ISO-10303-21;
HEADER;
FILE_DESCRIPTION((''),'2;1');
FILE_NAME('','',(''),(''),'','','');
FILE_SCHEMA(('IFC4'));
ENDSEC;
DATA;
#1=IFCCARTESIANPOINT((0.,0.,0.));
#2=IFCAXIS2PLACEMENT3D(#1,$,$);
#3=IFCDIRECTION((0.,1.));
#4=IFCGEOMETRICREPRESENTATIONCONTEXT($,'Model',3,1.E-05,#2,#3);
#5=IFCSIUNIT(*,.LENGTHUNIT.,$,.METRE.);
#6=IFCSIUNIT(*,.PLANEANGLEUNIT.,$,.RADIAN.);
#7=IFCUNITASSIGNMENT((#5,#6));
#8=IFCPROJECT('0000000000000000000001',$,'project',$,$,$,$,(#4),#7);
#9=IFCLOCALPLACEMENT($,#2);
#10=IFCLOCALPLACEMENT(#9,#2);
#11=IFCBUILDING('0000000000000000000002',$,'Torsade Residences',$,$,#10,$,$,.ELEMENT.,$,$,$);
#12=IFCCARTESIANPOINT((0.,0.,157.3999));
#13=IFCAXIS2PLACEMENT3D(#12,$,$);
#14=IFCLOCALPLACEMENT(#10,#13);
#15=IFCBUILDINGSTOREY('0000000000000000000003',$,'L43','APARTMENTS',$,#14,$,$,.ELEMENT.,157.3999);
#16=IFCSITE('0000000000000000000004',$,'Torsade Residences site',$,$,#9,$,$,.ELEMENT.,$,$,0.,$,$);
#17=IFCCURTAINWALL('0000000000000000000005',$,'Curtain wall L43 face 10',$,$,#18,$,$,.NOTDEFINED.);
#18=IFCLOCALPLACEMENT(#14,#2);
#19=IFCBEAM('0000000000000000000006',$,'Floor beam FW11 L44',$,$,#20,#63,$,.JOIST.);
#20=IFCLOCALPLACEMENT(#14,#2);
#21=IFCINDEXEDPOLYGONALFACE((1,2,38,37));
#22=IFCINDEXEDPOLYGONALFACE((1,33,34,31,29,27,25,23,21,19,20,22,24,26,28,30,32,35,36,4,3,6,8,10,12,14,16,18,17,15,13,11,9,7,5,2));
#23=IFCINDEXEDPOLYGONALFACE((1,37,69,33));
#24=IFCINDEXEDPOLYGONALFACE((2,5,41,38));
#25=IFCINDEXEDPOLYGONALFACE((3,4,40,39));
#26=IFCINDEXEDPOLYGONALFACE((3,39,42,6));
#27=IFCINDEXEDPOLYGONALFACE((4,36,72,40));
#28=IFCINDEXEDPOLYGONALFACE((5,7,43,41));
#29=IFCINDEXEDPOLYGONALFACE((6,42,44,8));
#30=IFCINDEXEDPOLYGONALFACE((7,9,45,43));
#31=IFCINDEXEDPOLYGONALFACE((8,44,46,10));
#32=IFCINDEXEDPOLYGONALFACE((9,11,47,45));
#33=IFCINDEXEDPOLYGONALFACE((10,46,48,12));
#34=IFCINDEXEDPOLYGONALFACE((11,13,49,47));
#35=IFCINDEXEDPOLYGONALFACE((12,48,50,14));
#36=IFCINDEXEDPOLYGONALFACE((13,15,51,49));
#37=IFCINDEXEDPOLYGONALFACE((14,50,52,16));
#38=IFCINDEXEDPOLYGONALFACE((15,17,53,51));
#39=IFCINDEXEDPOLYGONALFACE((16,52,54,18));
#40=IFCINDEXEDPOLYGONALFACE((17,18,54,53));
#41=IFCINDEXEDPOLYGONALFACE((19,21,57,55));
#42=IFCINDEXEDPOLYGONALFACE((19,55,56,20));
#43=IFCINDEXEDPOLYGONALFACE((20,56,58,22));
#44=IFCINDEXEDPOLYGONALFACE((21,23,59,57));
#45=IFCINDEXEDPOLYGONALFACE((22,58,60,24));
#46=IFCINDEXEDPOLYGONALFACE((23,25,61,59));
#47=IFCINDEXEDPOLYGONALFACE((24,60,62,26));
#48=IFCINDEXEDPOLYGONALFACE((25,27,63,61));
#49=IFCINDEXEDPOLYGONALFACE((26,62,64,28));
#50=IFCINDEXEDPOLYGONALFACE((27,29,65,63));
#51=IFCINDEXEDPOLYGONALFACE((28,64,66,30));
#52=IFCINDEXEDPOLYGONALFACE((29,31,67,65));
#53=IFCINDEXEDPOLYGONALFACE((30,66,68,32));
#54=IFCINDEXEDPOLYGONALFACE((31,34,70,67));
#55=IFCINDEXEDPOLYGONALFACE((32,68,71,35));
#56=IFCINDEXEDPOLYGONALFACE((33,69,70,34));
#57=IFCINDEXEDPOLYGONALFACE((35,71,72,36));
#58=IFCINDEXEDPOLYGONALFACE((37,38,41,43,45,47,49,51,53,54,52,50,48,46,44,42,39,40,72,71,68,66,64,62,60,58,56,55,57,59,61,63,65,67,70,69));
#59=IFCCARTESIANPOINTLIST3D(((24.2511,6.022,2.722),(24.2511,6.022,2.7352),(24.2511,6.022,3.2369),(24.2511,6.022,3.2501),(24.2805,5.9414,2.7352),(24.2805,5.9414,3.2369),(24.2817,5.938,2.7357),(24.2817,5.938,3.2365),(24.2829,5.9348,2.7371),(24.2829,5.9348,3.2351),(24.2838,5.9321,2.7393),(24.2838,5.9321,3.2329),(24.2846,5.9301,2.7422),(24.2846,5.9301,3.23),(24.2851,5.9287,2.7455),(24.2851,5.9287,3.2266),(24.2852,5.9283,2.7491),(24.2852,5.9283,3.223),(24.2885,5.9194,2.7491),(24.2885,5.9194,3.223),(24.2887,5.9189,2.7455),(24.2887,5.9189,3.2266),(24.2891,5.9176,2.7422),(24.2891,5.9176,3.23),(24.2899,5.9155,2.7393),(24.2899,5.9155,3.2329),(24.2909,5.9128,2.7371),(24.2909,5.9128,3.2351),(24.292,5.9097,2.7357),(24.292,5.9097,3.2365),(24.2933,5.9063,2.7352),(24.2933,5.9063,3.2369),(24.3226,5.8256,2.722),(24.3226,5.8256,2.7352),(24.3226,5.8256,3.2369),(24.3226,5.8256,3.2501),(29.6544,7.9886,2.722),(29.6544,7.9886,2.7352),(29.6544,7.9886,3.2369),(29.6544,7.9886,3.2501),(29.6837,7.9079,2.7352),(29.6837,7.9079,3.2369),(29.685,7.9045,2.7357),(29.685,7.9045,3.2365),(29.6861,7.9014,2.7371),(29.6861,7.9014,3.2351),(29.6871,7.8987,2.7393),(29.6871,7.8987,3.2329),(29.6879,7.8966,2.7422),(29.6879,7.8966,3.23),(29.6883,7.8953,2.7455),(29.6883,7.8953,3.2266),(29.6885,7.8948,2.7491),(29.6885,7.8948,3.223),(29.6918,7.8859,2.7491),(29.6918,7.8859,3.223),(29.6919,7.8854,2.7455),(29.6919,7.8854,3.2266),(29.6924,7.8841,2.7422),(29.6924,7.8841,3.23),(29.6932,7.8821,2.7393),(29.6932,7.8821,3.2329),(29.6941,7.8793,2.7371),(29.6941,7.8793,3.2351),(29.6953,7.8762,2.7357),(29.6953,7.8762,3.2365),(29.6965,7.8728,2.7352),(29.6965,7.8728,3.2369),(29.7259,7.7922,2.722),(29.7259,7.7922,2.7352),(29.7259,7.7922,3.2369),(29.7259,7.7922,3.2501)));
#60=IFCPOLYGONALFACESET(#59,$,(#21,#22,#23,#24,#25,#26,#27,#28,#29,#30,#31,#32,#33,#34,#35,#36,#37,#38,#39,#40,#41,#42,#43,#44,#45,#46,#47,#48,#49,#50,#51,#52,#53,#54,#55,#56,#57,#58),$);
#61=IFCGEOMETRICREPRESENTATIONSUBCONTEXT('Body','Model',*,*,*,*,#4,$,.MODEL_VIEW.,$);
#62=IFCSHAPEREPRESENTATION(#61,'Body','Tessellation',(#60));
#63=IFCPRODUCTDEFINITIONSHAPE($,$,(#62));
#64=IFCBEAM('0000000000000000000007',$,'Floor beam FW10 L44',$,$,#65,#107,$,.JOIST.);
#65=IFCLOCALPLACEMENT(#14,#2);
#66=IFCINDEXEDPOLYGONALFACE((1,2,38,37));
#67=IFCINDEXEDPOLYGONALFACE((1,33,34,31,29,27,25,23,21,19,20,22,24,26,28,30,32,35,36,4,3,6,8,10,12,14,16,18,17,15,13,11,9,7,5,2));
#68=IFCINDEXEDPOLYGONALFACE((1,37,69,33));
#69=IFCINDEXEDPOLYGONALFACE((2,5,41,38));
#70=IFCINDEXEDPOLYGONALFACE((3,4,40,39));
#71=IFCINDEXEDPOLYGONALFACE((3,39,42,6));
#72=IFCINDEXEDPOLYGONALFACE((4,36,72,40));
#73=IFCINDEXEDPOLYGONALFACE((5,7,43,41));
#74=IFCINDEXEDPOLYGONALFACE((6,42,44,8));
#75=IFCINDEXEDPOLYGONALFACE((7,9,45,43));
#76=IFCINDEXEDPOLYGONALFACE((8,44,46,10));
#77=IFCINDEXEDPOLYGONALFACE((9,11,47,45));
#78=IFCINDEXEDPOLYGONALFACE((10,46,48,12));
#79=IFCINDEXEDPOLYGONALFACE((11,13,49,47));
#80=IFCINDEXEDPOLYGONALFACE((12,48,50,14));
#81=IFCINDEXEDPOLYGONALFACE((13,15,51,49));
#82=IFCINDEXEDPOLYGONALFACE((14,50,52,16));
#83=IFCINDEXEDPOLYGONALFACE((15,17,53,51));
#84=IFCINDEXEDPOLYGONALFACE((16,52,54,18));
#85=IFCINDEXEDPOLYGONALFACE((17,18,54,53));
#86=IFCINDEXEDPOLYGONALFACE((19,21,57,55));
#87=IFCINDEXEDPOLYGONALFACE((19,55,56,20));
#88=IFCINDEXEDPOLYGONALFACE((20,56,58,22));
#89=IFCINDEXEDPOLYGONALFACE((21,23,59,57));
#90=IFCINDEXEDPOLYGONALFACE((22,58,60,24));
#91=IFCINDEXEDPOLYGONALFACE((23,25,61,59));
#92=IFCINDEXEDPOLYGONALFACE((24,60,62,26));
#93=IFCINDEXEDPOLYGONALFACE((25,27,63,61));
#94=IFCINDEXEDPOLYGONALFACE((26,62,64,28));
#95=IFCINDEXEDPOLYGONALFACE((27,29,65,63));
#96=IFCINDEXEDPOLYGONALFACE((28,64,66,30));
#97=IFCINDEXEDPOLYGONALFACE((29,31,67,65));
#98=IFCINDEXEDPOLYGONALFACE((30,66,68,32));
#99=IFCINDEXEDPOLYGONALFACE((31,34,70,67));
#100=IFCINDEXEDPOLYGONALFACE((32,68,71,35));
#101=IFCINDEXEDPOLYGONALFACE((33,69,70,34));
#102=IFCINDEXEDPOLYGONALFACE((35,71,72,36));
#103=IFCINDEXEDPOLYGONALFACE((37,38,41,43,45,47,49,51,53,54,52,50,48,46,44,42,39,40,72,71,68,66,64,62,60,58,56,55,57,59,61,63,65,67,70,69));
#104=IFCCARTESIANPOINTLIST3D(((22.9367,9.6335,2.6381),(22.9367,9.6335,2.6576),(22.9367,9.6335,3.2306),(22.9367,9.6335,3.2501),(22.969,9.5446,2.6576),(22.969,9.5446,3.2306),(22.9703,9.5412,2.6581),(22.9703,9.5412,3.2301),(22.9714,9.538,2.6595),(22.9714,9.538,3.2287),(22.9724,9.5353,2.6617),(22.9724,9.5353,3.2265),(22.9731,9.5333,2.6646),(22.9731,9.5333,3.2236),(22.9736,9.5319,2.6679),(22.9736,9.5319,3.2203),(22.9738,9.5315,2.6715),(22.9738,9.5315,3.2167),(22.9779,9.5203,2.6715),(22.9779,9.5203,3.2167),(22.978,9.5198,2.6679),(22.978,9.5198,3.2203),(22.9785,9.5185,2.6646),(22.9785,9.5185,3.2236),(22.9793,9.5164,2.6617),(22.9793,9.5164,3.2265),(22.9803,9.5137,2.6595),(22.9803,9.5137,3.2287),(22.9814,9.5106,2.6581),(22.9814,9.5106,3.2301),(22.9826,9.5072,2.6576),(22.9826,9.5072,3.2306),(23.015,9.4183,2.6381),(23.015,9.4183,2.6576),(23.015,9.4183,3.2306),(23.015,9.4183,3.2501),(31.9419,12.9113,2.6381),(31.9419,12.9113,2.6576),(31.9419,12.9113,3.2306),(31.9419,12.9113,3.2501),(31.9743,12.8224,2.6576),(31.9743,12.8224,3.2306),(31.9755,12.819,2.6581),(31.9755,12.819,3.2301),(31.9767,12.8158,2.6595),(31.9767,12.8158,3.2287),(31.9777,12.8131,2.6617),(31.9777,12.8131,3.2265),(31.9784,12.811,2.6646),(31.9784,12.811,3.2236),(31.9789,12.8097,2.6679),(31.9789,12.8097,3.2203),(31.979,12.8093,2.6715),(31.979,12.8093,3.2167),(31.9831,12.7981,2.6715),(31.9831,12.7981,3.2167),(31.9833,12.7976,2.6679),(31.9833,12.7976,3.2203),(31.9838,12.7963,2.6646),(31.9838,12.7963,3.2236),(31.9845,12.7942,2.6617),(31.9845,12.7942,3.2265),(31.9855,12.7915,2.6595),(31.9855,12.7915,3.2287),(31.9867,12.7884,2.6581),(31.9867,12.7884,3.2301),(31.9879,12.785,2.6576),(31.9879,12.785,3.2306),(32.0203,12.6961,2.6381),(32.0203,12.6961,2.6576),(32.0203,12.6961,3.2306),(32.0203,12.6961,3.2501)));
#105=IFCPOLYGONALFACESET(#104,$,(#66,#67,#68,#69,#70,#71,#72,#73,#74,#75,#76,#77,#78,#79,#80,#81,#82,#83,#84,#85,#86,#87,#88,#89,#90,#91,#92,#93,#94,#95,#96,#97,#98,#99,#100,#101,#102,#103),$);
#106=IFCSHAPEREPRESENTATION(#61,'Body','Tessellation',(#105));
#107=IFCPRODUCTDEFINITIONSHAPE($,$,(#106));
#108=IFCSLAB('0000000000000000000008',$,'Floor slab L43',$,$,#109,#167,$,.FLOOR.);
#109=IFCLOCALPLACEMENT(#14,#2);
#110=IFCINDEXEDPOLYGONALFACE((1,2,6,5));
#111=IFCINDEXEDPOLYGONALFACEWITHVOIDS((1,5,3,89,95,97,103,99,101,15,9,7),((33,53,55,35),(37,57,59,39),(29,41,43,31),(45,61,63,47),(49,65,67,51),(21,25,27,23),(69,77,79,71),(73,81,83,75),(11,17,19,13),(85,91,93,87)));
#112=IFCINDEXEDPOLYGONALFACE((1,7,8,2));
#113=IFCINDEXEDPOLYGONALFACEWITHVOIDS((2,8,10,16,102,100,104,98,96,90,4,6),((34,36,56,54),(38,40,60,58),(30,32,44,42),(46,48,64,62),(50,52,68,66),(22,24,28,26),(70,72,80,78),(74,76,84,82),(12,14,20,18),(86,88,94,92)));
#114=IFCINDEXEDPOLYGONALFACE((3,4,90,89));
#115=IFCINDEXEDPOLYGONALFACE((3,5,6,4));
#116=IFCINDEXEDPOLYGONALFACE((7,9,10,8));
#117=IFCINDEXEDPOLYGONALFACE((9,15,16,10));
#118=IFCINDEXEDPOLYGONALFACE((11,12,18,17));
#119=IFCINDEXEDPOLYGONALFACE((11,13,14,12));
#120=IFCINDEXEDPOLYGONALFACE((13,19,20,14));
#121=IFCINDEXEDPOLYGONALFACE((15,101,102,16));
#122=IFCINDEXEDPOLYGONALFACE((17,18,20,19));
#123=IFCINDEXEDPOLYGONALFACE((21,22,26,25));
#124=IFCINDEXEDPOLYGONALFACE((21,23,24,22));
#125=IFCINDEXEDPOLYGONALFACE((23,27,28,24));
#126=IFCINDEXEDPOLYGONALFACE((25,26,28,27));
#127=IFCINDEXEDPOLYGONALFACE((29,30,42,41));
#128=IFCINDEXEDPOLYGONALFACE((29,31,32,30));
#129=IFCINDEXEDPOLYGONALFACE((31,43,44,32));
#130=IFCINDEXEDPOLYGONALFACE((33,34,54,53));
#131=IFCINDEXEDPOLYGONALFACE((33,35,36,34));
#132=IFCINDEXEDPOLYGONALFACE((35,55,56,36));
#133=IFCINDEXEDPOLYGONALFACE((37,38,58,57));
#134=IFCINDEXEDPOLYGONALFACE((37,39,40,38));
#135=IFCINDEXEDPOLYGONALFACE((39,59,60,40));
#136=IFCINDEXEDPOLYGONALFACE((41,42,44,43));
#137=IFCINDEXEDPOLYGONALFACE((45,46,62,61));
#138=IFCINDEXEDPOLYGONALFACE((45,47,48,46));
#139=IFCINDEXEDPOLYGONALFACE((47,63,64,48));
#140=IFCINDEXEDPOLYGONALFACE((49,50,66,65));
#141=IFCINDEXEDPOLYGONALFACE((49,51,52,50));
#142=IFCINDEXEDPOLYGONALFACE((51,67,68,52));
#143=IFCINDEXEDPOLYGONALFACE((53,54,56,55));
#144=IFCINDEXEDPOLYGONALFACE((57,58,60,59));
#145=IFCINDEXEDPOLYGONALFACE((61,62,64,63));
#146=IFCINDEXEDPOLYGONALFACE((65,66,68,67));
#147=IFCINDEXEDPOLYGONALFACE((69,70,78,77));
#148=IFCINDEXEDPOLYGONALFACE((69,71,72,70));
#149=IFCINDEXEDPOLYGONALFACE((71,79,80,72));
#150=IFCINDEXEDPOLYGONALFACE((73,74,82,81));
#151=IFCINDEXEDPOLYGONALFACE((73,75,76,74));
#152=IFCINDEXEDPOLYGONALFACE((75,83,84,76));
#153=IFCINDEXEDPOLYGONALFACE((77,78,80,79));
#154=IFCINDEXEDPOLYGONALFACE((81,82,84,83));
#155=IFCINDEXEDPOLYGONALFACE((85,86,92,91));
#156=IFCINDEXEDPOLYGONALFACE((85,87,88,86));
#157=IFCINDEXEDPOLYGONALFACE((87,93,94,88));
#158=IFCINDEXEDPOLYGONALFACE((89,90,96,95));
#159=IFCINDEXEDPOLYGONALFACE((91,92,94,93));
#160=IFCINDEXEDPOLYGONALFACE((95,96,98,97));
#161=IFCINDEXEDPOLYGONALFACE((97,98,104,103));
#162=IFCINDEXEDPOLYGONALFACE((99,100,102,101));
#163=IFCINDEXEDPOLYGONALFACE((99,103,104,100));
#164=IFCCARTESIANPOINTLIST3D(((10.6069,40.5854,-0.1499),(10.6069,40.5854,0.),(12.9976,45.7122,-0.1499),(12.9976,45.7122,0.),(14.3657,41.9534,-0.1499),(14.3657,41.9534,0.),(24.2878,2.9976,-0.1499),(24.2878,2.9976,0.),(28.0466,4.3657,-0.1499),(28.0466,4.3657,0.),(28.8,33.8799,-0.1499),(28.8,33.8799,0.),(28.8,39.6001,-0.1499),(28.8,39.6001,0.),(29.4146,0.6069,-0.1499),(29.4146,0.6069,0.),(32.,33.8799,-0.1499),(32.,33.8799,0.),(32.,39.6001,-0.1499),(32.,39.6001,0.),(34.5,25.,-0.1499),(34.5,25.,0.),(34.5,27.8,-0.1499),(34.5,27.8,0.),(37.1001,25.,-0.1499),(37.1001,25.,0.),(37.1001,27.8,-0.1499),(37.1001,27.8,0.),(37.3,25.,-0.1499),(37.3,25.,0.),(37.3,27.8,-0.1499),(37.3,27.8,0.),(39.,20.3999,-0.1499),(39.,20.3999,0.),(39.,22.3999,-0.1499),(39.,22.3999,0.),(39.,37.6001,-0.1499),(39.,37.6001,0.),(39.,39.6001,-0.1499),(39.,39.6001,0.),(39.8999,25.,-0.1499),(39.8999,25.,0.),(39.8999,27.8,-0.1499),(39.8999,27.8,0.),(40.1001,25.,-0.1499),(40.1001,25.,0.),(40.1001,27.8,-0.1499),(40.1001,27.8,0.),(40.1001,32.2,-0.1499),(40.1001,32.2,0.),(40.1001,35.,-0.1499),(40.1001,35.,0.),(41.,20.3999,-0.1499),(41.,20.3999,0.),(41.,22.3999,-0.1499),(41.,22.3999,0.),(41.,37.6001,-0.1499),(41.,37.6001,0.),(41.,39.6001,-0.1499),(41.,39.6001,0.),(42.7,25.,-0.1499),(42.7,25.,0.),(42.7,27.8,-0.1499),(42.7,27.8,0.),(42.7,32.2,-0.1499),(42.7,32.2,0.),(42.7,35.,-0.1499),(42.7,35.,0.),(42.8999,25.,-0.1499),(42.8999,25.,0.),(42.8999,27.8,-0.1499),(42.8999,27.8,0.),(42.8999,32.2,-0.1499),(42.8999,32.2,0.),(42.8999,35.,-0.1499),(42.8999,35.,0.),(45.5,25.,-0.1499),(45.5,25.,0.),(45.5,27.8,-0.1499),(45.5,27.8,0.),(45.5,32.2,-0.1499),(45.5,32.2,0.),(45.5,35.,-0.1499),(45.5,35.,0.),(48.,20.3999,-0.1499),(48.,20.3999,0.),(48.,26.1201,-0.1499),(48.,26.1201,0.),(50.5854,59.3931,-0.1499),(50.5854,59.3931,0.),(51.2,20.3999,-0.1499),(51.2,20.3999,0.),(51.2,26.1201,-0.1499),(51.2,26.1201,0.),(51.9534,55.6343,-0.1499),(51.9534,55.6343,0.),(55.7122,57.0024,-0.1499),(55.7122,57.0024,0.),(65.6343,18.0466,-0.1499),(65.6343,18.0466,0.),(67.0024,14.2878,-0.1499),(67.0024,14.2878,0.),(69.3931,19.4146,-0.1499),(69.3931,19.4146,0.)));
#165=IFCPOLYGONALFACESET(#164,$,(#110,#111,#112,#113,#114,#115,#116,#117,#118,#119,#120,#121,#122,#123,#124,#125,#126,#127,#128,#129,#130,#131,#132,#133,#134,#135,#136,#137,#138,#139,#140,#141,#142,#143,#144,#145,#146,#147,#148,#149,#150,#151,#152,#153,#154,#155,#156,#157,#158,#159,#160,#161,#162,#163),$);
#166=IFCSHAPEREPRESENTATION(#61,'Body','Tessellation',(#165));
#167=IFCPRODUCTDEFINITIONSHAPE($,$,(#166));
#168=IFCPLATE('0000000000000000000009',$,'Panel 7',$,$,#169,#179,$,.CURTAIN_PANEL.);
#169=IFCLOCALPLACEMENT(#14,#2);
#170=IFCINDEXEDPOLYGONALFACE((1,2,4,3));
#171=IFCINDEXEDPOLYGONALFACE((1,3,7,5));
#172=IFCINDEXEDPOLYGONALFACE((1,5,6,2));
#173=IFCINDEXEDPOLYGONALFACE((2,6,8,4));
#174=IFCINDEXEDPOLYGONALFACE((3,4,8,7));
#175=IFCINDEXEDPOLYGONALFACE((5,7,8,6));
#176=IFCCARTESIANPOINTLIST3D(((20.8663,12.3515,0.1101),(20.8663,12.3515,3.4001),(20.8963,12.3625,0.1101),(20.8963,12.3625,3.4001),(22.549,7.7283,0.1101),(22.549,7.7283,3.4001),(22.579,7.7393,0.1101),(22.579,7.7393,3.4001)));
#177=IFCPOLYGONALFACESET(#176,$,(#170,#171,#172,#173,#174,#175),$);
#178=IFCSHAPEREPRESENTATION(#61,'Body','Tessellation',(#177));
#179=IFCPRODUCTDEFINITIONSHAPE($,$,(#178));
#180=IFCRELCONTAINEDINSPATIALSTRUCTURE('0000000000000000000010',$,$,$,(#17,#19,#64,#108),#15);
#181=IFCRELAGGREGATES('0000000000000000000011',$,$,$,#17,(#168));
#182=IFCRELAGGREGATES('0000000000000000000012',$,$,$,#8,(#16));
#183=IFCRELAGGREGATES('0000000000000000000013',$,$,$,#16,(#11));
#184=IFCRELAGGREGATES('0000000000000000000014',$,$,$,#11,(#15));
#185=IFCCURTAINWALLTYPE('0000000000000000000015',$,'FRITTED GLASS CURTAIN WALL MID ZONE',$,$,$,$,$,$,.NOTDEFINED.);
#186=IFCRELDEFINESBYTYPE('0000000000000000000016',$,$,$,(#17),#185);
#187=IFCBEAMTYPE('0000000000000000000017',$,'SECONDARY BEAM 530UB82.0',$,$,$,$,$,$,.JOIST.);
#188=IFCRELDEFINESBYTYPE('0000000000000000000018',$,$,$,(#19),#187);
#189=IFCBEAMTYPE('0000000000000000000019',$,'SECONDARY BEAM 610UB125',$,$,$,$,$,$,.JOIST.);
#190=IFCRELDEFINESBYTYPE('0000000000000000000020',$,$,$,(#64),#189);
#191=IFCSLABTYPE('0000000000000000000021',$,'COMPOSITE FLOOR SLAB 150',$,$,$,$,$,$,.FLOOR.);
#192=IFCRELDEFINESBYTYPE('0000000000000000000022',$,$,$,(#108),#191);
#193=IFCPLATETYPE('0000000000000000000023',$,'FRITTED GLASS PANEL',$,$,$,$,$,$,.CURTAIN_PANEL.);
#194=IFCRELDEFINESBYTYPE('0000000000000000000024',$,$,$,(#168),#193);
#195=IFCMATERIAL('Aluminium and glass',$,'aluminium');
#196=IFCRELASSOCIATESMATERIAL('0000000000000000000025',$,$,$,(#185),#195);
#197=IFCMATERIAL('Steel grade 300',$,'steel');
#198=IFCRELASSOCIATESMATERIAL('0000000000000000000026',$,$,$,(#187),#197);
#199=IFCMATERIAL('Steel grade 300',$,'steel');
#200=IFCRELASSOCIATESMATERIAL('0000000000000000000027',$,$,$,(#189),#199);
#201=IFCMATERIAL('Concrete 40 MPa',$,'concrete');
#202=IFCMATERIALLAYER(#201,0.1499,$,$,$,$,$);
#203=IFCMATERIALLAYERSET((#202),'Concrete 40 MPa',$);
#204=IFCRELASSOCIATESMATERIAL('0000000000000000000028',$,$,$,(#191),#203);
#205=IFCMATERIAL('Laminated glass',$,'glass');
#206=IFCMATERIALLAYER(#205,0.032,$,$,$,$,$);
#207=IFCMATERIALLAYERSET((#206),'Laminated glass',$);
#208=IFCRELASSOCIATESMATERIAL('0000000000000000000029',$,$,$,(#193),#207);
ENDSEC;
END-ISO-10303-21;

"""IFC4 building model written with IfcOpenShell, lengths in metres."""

from ifc_helpers import new_model, si_unit, direction, frame, origin, origin_2d, place, context, subcontext, project, spatial, polyline, rectangle, i_section, outline, extrude, material, layer, layer_set, material_profile, profile_set, type_object, element, aggregate, save


model = new_model("IFC4")

# Units and contexts
model_context = context("Model", 3, precision=1e-05, world=origin(), true_north=direction((0.0, 1.0)))
body_context = subcontext(model_context, "Body", "Model", "MODEL_VIEW")
ifc_project = project(units=[si_unit("LENGTHUNIT", "METRE"), si_unit("PLANEANGLEUNIT", "RADIAN")], contexts=[model_context])

# Site, building, storey
site_placement = place(None, origin())
site = spatial("IfcSite", under=ifc_project, at=site_placement, Name="Torsade Residences site", CompositionType="ELEMENT", RefElevation=0.0)
building_placement = place(site_placement, origin())
building = spatial("IfcBuilding", under=site, at=building_placement, Name="Torsade Residences", CompositionType="ELEMENT")
storey_placement = place(building_placement, frame((0.0, 0.0, 157.3999)))
storey = spatial("IfcBuildingStorey", under=building, at=storey_placement, Name="L43", Description="APARTMENTS", CompositionType="ELEMENT", Elevation=157.3999)

# Curtain wall
ifc_material_1 = material(Name="Aluminium and glass", Category="aluminium")
curtain_wall_type = type_object("IfcCurtainWallType", Name="FRITTED GLASS CURTAIN WALL MID ZONE", PredefinedType="NOTDEFINED", material=ifc_material_1)
curtain_wall_placement = place(storey_placement, origin())
curtain_wall = element("IfcCurtainWall", 1, at=curtain_wall_placement, inside=storey, type_object=curtain_wall_type, Name="Curtain wall L43 face 10", PredefinedType="NOTDEFINED")

# Beams
ifc_material_2 = material(Name="Steel grade 300", Category="steel")
ifc_material_profile_1 = material_profile(ifc_material_2, i_section(OverallWidth=0.209, OverallDepth=0.5281, WebThickness=0.0095, FlangeThickness=0.0132, FilletRadius=0.0139, at=origin_2d()), Name="530UB82.0")
ifc_profile_set_1 = profile_set([ifc_material_profile_1], Name="Steel grade 300")
beam_type_1 = type_object("IfcBeamType", Name="SECONDARY BEAM 530UB82.0", PredefinedType="JOIST", material=ifc_profile_set_1)
beam_1_placement = place(storey_placement, frame((24.2869, 5.9238, 2.9861), z_axis=(0.939698, 0.342006, 0.0), x_axis=(-0.342006, 0.939698, 0.0)))
element("IfcBeam", 2, at=beam_1_placement, inside=storey, type_object=beam_type_1, Name="Floor beam FW11 L44", PredefinedType="JOIST", context=body_context, shape_type="SweptSolid", body=[
    extrude(i_section(OverallWidth=0.209, OverallDepth=0.5281, WebThickness=0.0095, FlangeThickness=0.0132, FilletRadius=0.0139, at=origin_2d()), origin(), (0.0, 0.0, 1.0), 5.75),
])
ifc_material_3 = material(Name="Steel grade 300", Category="steel")
ifc_material_profile_2 = material_profile(ifc_material_3, i_section(OverallWidth=0.229, OverallDepth=0.6121, WebThickness=0.012, FlangeThickness=0.0195, FilletRadius=0.0139, at=origin_2d()), Name="610UB125")
ifc_profile_set_2 = profile_set([ifc_material_profile_2], Name="Steel grade 300")
beam_type_2 = type_object("IfcBeamType", Name="SECONDARY BEAM 610UB125", PredefinedType="JOIST", material=ifc_profile_set_2)
beam_2_placement = place(storey_placement, frame((22.9758, 9.5259, 2.9441), z_axis=(0.939688, 0.342034, 0.0), x_axis=(-0.342034, 0.939688, 0.0)))
element("IfcBeam", 3, at=beam_2_placement, inside=storey, type_object=beam_type_2, Name="Floor beam FW10 L44", PredefinedType="JOIST", context=body_context, shape_type="SweptSolid", body=[
    extrude(i_section(OverallWidth=0.229, OverallDepth=0.6121, WebThickness=0.012, FlangeThickness=0.0195, FilletRadius=0.0139, at=origin_2d()), origin(), (0.0, 0.0, 1.0), 9.5833),
])

# Slab
ifc_material_4 = material(Name="Concrete 40 MPa", Category="concrete")
ifc_layer_1 = layer(ifc_material_4, 0.1499)
ifc_layer_set_1 = layer_set([ifc_layer_1], Name="Concrete 40 MPa")
slab_type_1 = type_object("IfcSlabType", Name="COMPOSITE FLOOR SLAB 150", PredefinedType="FLOOR", material=ifc_layer_set_1)
slab_1_placement = place(storey_placement, frame((0.0, 0.0, -0.1499)))
element("IfcSlab", 4, at=slab_1_placement, inside=storey, type_object=slab_type_1, Name="Floor slab L43", PredefinedType="FLOOR", context=body_context, shape_type="SweptSolid", body=[
    extrude(outline(polyline([(29.4146, 0.6069), (67.0024, 14.2878), (65.6343, 18.0466), (69.3931, 19.4146), (55.7122, 57.0024), (51.9534, 55.6343), (50.5854, 59.3931), (12.9976, 45.7122), (14.3657, 41.9534), (10.6069, 40.5854), (24.2878, 2.9976), (28.0466, 4.3657), (29.4146, 0.6069)]), holes=[polyline([(51.2, 26.1201), (48.0, 26.1201), (48.0, 20.3999), (51.2, 20.3999), (51.2, 26.1201)]), polyline([(45.5, 27.8), (42.8999, 27.8), (42.8999, 25.0), (45.5, 25.0), (45.5, 27.8)]), polyline([(45.5, 35.0), (42.8999, 35.0), (42.8999, 32.2), (45.5, 32.2), (45.5, 35.0)]), polyline([(42.7, 25.0), (42.7, 27.8), (40.1001, 27.8), (40.1001, 25.0), (42.7, 25.0)]), polyline([(42.7, 35.0), (40.1001, 35.0), (40.1001, 32.2), (42.7, 32.2), (42.7, 35.0)]), polyline([(41.0, 22.3999), (39.0, 22.3999), (39.0, 20.3999), (41.0, 20.3999), (41.0, 22.3999)]), polyline([(41.0, 37.6001), (41.0, 39.6001), (39.0, 39.6001), (39.0, 37.6001), (41.0, 37.6001)]), polyline([(39.8999, 25.0), (39.8999, 27.8), (37.3, 27.8), (37.3, 25.0), (39.8999, 25.0)]), polyline([(37.1001, 27.8), (34.5, 27.8), (34.5, 25.0), (37.1001, 25.0), (37.1001, 27.8)]), polyline([(32.0, 33.8799), (32.0, 39.6001), (28.8, 39.6001), (28.8, 33.8799), (32.0, 33.8799)])]), origin(), (0.0, 0.0, 1.0), 0.1499),
])

# Plate
ifc_material_5 = material(Name="Laminated glass", Category="glass")
ifc_layer_2 = layer(ifc_material_5, 0.032)
ifc_layer_set_2 = layer_set([ifc_layer_2], Name="Laminated glass")
plate_type = type_object("IfcPlateType", Name="FRITTED GLASS PANEL", PredefinedType="CURTAIN_PANEL", material=ifc_layer_set_2)
plate_1_placement = place(storey_placement, frame((21.7227, 10.0454, 0.1101), z_axis=(0.0, 0.0, 1.0), x_axis=(0.34202, -0.939693, 0.0)))
plate_1 = element("IfcPlate", 5, at=plate_1_placement, type_object=plate_type, Name="Panel 7", PredefinedType="CURTAIN_PANEL", context=body_context, shape_type="SweptSolid", body=[
    extrude(rectangle(XDim=4.9199, YDim=0.032, at=origin_2d()), origin(), (0.0, 0.0, 1.0), 3.29),
])
aggregate(curtain_wall, [plate_1])

save(model, "model.ifc")
